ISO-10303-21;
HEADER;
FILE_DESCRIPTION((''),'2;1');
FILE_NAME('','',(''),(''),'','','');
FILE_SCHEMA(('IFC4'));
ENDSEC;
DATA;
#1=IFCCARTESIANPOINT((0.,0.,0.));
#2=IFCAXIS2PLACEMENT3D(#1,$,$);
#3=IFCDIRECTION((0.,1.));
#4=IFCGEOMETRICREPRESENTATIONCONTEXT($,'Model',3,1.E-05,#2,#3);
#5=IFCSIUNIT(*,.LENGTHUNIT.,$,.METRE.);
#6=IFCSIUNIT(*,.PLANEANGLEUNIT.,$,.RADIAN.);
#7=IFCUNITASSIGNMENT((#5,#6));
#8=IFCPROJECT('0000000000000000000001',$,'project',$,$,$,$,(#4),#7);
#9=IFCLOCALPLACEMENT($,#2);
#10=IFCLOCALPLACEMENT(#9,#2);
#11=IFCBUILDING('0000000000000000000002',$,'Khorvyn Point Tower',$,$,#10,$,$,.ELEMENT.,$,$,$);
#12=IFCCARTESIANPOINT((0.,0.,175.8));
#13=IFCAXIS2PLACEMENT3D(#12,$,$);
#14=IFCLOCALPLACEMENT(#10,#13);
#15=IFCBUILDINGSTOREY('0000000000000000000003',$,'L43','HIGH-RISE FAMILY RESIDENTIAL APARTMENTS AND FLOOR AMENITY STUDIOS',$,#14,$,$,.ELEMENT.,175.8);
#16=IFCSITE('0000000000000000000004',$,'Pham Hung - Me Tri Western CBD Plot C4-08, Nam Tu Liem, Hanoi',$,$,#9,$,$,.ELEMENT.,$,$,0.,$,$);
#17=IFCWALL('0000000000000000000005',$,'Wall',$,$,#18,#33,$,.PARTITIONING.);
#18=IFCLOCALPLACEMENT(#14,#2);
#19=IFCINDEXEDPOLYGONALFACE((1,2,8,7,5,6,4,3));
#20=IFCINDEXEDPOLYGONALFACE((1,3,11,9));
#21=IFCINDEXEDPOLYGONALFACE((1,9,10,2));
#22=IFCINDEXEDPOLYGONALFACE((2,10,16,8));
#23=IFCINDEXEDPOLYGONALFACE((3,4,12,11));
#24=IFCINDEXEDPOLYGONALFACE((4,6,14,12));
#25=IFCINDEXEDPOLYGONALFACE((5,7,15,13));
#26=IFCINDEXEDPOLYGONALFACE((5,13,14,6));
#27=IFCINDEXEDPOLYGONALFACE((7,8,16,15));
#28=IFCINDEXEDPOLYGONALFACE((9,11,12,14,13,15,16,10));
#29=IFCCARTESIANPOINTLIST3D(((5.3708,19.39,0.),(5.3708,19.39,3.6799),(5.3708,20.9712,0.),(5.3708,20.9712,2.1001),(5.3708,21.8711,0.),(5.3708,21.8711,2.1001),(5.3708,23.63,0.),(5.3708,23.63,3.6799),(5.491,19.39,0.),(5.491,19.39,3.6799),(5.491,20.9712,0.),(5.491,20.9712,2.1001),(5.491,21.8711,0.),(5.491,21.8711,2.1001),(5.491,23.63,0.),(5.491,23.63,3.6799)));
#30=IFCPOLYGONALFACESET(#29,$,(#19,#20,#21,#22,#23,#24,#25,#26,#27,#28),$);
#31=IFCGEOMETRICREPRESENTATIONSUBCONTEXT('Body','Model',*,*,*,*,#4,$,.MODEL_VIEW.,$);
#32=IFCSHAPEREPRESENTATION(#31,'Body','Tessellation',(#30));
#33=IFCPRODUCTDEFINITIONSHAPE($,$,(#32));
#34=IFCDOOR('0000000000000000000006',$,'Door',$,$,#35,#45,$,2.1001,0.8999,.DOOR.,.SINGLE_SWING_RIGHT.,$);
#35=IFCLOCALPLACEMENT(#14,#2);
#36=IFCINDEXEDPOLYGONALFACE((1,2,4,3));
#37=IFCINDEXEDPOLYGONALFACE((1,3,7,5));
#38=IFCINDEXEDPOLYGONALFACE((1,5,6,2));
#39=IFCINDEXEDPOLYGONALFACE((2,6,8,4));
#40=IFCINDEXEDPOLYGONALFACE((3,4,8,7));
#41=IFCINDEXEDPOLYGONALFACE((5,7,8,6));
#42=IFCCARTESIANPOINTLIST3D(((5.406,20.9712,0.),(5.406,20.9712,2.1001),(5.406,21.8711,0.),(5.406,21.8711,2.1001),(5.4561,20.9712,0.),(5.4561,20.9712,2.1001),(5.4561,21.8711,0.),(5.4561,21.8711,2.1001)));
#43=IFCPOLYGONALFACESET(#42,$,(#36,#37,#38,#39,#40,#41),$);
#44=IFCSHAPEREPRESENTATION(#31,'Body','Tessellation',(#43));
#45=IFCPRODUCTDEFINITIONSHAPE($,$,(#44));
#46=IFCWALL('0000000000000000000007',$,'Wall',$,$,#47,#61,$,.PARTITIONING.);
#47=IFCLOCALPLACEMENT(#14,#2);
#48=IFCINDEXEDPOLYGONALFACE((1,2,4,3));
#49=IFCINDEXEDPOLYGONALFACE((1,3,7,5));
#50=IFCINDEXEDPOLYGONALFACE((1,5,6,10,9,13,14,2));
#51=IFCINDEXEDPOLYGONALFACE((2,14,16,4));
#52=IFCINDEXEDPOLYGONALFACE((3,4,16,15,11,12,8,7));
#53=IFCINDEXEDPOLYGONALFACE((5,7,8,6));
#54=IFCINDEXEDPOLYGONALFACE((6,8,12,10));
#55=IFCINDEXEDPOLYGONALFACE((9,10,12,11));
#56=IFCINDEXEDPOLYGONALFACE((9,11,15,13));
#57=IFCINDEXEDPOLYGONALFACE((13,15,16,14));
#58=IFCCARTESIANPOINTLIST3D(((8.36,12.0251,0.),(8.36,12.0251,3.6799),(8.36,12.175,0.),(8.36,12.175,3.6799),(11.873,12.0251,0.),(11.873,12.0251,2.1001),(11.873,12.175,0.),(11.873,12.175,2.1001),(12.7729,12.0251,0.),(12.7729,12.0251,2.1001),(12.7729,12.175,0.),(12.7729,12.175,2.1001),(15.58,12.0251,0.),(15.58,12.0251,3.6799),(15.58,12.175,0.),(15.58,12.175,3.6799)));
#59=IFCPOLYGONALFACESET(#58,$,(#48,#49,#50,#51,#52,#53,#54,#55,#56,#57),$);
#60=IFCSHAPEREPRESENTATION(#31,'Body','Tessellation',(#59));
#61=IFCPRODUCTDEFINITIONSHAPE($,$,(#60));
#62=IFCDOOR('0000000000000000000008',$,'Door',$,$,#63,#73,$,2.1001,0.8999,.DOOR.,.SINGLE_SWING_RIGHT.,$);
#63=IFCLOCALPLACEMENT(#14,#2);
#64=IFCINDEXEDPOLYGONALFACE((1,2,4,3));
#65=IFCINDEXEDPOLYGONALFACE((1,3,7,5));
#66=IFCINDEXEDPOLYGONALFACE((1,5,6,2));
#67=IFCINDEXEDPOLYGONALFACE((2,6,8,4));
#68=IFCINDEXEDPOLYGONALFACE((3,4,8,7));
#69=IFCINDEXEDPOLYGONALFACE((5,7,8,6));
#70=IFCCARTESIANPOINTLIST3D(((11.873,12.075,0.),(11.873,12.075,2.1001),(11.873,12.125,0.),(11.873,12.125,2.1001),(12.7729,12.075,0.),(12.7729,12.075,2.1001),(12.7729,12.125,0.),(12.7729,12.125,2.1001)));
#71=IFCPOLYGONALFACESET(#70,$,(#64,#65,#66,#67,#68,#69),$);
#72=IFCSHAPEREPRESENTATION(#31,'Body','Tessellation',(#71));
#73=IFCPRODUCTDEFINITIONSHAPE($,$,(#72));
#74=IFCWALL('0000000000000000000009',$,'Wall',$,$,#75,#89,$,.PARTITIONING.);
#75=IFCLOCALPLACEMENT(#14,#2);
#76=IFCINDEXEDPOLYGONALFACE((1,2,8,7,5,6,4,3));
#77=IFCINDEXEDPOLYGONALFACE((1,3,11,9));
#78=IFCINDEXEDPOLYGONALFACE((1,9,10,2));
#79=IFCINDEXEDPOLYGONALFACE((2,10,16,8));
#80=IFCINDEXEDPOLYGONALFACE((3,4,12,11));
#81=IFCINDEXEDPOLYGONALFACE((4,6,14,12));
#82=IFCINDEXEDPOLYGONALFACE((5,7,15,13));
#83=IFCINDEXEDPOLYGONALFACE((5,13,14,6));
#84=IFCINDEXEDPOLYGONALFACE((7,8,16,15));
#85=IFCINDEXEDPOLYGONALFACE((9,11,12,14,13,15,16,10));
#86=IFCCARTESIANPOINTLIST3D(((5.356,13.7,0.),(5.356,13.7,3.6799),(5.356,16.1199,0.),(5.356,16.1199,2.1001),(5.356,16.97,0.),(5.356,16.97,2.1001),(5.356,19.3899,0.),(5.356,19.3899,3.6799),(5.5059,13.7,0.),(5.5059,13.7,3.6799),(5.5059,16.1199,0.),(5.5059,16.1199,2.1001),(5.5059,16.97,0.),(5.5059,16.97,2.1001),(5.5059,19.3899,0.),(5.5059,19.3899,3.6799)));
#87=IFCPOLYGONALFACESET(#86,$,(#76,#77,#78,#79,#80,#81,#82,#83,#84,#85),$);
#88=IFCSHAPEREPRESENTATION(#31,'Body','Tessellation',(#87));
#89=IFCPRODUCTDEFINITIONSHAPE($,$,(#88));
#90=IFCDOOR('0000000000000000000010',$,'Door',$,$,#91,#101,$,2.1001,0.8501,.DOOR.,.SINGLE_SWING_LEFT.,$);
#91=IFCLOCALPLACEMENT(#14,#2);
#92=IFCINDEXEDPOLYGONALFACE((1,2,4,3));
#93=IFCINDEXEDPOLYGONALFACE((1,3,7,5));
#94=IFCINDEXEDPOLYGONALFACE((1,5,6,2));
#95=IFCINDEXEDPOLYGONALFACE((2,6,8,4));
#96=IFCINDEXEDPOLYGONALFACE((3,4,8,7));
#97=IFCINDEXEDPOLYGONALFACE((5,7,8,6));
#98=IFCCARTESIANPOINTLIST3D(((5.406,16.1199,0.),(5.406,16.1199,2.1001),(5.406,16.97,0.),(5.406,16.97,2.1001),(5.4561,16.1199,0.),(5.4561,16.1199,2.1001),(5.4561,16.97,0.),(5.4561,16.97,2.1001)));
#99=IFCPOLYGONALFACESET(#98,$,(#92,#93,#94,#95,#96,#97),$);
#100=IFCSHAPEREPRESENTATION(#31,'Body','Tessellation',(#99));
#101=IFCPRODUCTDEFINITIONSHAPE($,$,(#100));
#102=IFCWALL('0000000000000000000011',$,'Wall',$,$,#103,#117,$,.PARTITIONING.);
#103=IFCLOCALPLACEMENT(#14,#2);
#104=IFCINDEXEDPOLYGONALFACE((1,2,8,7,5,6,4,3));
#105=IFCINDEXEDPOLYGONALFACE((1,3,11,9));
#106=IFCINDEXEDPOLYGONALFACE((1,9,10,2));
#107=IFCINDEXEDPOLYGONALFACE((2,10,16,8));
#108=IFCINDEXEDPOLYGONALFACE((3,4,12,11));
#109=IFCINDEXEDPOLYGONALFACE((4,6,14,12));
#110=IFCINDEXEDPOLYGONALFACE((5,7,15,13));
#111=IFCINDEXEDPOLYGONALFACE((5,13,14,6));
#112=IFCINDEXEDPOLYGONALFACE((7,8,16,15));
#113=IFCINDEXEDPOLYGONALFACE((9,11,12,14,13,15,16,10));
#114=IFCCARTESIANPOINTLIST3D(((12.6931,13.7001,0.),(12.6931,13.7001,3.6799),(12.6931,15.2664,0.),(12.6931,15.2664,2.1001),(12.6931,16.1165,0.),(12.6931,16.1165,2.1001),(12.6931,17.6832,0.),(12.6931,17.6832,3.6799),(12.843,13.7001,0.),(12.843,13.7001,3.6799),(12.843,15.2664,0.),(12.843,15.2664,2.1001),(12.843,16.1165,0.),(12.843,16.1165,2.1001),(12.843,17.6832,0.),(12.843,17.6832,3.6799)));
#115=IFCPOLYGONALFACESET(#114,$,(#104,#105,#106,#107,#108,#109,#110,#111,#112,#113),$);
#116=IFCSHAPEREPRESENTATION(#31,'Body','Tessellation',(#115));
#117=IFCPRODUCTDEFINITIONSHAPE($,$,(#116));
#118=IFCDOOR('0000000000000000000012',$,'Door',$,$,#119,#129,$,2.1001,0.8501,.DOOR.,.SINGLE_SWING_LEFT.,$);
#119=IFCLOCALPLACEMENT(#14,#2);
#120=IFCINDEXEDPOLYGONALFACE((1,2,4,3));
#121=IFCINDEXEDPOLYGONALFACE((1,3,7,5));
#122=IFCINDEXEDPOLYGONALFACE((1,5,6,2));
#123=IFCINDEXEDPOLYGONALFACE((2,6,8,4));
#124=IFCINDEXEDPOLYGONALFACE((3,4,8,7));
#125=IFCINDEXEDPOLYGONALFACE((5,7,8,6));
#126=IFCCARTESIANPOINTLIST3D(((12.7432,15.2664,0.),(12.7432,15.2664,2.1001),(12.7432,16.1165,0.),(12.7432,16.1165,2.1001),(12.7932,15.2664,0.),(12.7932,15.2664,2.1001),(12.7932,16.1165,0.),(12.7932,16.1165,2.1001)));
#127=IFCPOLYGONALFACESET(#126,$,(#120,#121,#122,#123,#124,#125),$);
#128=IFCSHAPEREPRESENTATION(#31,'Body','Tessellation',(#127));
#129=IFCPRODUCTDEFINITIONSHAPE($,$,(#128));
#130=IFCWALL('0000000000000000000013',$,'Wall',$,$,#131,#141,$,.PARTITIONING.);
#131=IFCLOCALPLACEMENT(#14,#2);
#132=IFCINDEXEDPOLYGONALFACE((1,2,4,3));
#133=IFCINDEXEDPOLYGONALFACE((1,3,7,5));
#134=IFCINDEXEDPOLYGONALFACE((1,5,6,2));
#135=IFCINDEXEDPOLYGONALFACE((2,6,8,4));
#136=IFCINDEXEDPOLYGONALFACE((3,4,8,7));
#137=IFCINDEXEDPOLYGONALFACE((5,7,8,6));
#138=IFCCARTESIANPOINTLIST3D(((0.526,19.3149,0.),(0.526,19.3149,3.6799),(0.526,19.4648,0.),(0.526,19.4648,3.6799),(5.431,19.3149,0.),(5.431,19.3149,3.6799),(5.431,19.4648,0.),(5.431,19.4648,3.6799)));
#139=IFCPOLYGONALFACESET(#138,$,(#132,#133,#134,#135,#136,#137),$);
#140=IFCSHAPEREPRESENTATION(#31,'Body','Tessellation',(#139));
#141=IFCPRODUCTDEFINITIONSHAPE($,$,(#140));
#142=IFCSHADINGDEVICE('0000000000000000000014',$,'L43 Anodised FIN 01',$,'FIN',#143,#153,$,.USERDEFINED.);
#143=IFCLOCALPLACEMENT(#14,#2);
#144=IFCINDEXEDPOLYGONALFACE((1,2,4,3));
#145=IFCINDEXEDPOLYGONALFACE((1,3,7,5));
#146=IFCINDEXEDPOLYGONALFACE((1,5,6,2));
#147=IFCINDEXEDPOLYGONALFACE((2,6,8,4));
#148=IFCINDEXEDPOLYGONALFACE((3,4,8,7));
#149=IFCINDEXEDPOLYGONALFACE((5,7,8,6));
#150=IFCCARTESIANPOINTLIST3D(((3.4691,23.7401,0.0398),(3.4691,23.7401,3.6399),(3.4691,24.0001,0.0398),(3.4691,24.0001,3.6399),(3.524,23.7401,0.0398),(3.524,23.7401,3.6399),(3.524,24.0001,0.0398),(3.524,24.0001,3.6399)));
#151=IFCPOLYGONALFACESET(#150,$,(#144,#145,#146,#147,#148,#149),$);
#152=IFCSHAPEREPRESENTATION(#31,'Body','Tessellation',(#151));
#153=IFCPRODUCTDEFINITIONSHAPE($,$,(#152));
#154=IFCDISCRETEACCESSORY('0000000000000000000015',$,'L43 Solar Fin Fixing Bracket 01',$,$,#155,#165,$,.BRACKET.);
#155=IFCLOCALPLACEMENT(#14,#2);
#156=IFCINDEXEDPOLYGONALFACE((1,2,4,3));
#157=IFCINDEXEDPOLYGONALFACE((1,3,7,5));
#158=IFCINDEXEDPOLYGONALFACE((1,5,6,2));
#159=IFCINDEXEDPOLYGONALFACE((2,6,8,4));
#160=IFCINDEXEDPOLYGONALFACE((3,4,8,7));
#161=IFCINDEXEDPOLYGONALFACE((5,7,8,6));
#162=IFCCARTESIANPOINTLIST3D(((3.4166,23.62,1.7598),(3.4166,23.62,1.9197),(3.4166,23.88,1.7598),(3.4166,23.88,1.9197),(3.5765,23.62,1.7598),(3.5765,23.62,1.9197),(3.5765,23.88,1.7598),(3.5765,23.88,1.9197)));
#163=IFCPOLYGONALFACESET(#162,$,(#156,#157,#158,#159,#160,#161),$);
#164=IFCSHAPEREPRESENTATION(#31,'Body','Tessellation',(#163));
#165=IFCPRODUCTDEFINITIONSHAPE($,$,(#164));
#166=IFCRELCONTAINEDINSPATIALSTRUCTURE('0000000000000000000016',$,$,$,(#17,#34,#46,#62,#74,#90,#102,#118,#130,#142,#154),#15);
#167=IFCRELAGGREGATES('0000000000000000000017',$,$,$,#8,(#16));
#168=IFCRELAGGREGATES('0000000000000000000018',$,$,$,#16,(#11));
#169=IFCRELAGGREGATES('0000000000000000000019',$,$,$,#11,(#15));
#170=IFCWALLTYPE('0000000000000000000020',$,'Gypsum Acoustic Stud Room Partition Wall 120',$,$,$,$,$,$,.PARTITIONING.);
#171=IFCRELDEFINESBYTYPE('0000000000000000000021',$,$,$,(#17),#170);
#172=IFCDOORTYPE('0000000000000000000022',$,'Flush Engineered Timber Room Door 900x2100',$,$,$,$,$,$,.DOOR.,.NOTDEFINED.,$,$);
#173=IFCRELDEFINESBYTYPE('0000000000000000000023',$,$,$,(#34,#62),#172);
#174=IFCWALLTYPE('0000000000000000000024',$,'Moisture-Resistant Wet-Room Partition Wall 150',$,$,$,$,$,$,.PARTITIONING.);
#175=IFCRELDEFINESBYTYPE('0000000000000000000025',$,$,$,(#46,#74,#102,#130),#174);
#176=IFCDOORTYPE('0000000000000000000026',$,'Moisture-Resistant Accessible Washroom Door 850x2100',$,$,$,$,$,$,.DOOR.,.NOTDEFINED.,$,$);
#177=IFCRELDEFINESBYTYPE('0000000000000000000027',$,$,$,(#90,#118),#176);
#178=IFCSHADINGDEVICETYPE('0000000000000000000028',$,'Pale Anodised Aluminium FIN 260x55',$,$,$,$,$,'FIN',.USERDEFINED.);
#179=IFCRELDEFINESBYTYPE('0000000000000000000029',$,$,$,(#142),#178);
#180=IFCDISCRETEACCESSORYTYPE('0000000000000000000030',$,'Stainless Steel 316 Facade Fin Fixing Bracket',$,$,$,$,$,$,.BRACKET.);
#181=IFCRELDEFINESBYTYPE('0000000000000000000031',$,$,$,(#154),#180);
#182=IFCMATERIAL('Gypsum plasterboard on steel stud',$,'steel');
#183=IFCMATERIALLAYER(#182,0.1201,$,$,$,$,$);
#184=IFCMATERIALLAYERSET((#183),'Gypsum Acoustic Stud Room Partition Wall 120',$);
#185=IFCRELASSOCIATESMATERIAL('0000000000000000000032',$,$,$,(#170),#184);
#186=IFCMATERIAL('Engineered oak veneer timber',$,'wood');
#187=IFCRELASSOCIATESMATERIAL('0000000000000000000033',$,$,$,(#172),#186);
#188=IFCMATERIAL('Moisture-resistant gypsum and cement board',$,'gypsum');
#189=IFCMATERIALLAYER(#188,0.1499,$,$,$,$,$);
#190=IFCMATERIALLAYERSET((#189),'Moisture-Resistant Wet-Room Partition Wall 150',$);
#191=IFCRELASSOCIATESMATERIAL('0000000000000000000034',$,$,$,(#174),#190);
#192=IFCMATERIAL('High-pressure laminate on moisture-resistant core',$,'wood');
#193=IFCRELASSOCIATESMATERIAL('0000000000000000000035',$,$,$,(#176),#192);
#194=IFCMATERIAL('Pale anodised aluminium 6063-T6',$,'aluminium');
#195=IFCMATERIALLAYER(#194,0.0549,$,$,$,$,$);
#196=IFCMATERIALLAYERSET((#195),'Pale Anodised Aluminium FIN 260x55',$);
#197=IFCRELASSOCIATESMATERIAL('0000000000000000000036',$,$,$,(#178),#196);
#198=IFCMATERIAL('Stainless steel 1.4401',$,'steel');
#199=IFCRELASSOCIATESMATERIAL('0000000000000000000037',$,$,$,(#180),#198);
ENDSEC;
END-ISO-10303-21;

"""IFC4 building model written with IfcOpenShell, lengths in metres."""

from ifc_helpers import new_model, si_unit, direction, frame, frame_2d, origin, origin_2d, place, context, subcontext, project, spatial, rectangle, extrude, material, layer, layer_set, type_object, element, fill, save


model = new_model("IFC4")

# Units and contexts
model_context = context("Model", 3, precision=1e-05, world=origin(), true_north=direction((0.0, 1.0)))
body_context = subcontext(model_context, "Body", "Model", "MODEL_VIEW")
ifc_project = project(units=[si_unit("LENGTHUNIT", "METRE"), si_unit("PLANEANGLEUNIT", "RADIAN")], contexts=[model_context])

# Site, building, storey
site_placement = place(None, origin())
site = spatial("IfcSite", under=ifc_project, at=site_placement, Name="Pham Hung - Me Tri Western CBD Plot C4-08, Nam Tu Liem, Hanoi", CompositionType="ELEMENT", RefElevation=0.0)
building_placement = place(site_placement, origin())
building = spatial("IfcBuilding", under=site, at=building_placement, Name="Khorvyn Point Tower", CompositionType="ELEMENT")
storey_placement = place(building_placement, frame((0.0, 0.0, 175.8)))
storey = spatial("IfcBuildingStorey", under=building, at=storey_placement, Name="L43", Description="HIGH-RISE FAMILY RESIDENTIAL APARTMENTS AND FLOOR AMENITY STUDIOS", CompositionType="ELEMENT", Elevation=175.8)

# Walls, openings, doors
ifc_material_1 = material(Name="Gypsum plasterboard on steel stud", Category="steel")
ifc_layer_1 = layer(ifc_material_1, 0.1201)
ifc_layer_set_1 = layer_set([ifc_layer_1], Name="Gypsum Acoustic Stud Room Partition Wall 120")
wall_type_1 = type_object("IfcWallType", Name="Gypsum Acoustic Stud Room Partition Wall 120", PredefinedType="PARTITIONING", material=ifc_layer_set_1)
wall_1_placement = place(storey_placement, frame((5.4309, 19.3899, 0.0), z_axis=(0.0, 0.0, 1.0), x_axis=(0.0, 1.0, 0.0)))
wall_1 = element("IfcWall", 1, at=wall_1_placement, inside=storey, type_object=wall_type_1, Name="Wall", PredefinedType="PARTITIONING", context=body_context, shape_type="SweptSolid", body=[
    extrude(rectangle(XDim=4.24, YDim=0.1201, at=frame_2d((2.1201, 0.0))), origin(), (0.0, 0.0, 1.0), 3.6799),
])
opening_1_placement = place(wall_1_placement, frame((1.5813, 0.0, 0.0)))
opening_1 = element("IfcOpeningElement", 2, at=opening_1_placement, cuts=wall_1, PredefinedType="OPENING", context=body_context, shape_type="SweptSolid", body=[
    extrude(rectangle(XDim=0.8999, YDim=2.1001, at=frame_2d((0.45, 1.05))), frame((0.0, 0.0701, 0.0), z_axis=(0.0, -1.0, 0.0), x_axis=(1.0, 0.0, 0.0)), (0.0, 0.0, 1.0), 0.1401),
])
ifc_material_2 = material(Name="Engineered oak veneer timber", Category="wood")
door_type_1 = type_object("IfcDoorType", Name="Flush Engineered Timber Room Door 900x2100", OperationType="NOTDEFINED", PredefinedType="DOOR", material=ifc_material_2)
door_1_placement = place(opening_1_placement, origin())
door_1 = element("IfcDoor", 3, at=door_1_placement, inside=storey, type_object=door_type_1, Name="Door", OperationType="SINGLE_SWING_RIGHT", OverallHeight=2.1001, OverallWidth=0.8999, PredefinedType="DOOR", context=body_context, shape_type="SweptSolid", body=[
    extrude(rectangle(XDim=0.8999, YDim=2.1001, at=frame_2d((0.45, 1.05))), frame((0.0, 0.0249, 0.0), z_axis=(0.0, -1.0, 0.0), x_axis=(1.0, 0.0, 0.0)), (0.0, 0.0, 1.0), 0.05),
])
fill(opening_1, door_1)
ifc_material_3 = material(Name="Moisture-resistant gypsum and cement board", Category="gypsum")
ifc_layer_2 = layer(ifc_material_3, 0.1499)
ifc_layer_set_2 = layer_set([ifc_layer_2], Name="Moisture-Resistant Wet-Room Partition Wall 150")
wall_type_2 = type_object("IfcWallType", Name="Moisture-Resistant Wet-Room Partition Wall 150", PredefinedType="PARTITIONING", material=ifc_layer_set_2)
wall_2_placement = place(storey_placement, frame((8.3601, 12.1001, 0.0), z_axis=(0.0, 0.0, 1.0), x_axis=(1.0, 0.0, 0.0)))
wall_2 = element("IfcWall", 4, at=wall_2_placement, inside=storey, type_object=wall_type_2, Name="Wall", PredefinedType="PARTITIONING", context=body_context, shape_type="SweptSolid", body=[
    extrude(rectangle(XDim=7.22, YDim=0.1499, at=frame_2d((3.6099, 0.0))), origin(), (0.0, 0.0, 1.0), 3.6799),
])
opening_2_placement = place(wall_2_placement, frame((3.5129, 0.0, 0.0)))
opening_2 = element("IfcOpeningElement", 5, at=opening_2_placement, cuts=wall_2, PredefinedType="OPENING", context=body_context, shape_type="SweptSolid", body=[
    extrude(rectangle(XDim=0.8999, YDim=2.1001, at=frame_2d((0.45, 1.05))), frame((0.0, 0.085, 0.0), z_axis=(0.0, -1.0, 0.0), x_axis=(1.0, 0.0, 0.0)), (0.0, 0.0, 1.0), 0.1699),
])
door_2_placement = place(opening_2_placement, origin())
door_2 = element("IfcDoor", 6, at=door_2_placement, inside=storey, type_object=door_type_1, Name="Door", OperationType="SINGLE_SWING_RIGHT", OverallHeight=2.1001, OverallWidth=0.8999, PredefinedType="DOOR", context=body_context, shape_type="SweptSolid", body=[
    extrude(rectangle(XDim=0.8999, YDim=2.1001, at=frame_2d((0.45, 1.05))), frame((0.0, 0.0249, 0.0), z_axis=(0.0, -1.0, 0.0), x_axis=(1.0, 0.0, 0.0)), (0.0, 0.0, 1.0), 0.05),
])
fill(opening_2, door_2)
wall_3_placement = place(storey_placement, frame((5.4309, 13.7, 0.0), z_axis=(0.0, 0.0, 1.0), x_axis=(0.0, 1.0, 0.0)))
wall_3 = element("IfcWall", 7, at=wall_3_placement, inside=storey, type_object=wall_type_2, Name="Wall", PredefinedType="PARTITIONING", context=body_context, shape_type="SweptSolid", body=[
    extrude(rectangle(XDim=5.6899, YDim=0.1499, at=frame_2d((2.845, 0.0))), origin(), (0.0, 0.0, 1.0), 3.6799),
])
opening_3_placement = place(wall_3_placement, frame((2.4199, 0.0, 0.0)))
opening_3 = element("IfcOpeningElement", 8, at=opening_3_placement, cuts=wall_3, PredefinedType="OPENING", context=body_context, shape_type="SweptSolid", body=[
    extrude(rectangle(XDim=0.8501, YDim=2.1001, at=frame_2d((0.425, 1.05))), frame((0.0, 0.085, 0.0), z_axis=(0.0, -1.0, 0.0), x_axis=(1.0, 0.0, 0.0)), (0.0, 0.0, 1.0), 0.1699),
])
ifc_material_4 = material(Name="High-pressure laminate on moisture-resistant core", Category="wood")
door_type_2 = type_object("IfcDoorType", Name="Moisture-Resistant Accessible Washroom Door 850x2100", OperationType="NOTDEFINED", PredefinedType="DOOR", material=ifc_material_4)
door_3_placement = place(opening_3_placement, origin())
door_3 = element("IfcDoor", 9, at=door_3_placement, inside=storey, type_object=door_type_2, Name="Door", OperationType="SINGLE_SWING_LEFT", OverallHeight=2.1001, OverallWidth=0.8501, PredefinedType="DOOR", context=body_context, shape_type="SweptSolid", body=[
    extrude(rectangle(XDim=0.8501, YDim=2.1001, at=frame_2d((0.425, 1.05))), frame((0.0, 0.0249, 0.0), z_axis=(0.0, -1.0, 0.0), x_axis=(1.0, 0.0, 0.0)), (0.0, 0.0, 1.0), 0.05),
])
fill(opening_3, door_3)
wall_4_placement = place(storey_placement, frame((12.7681, 13.7, 0.0), z_axis=(0.0, 0.0, 1.0), x_axis=(0.0, 1.0, 0.0)))
wall_4 = element("IfcWall", 10, at=wall_4_placement, inside=storey, type_object=wall_type_2, Name="Wall", PredefinedType="PARTITIONING", context=body_context, shape_type="SweptSolid", body=[
    extrude(rectangle(XDim=3.9832, YDim=0.1499, at=frame_2d((1.9917, 0.0))), origin(), (0.0, 0.0, 1.0), 3.6799),
])
opening_4_placement = place(wall_4_placement, frame((1.5664, 0.0, 0.0)))
opening_4 = element("IfcOpeningElement", 11, at=opening_4_placement, cuts=wall_4, PredefinedType="OPENING", context=body_context, shape_type="SweptSolid", body=[
    extrude(rectangle(XDim=0.8501, YDim=2.1001, at=frame_2d((0.425, 1.05))), frame((0.0, 0.085, 0.0), z_axis=(0.0, -1.0, 0.0), x_axis=(1.0, 0.0, 0.0)), (0.0, 0.0, 1.0), 0.1699),
])
door_4_placement = place(opening_4_placement, origin())
door_4 = element("IfcDoor", 12, at=door_4_placement, inside=storey, type_object=door_type_2, Name="Door", OperationType="SINGLE_SWING_LEFT", OverallHeight=2.1001, OverallWidth=0.8501, PredefinedType="DOOR", context=body_context, shape_type="SweptSolid", body=[
    extrude(rectangle(XDim=0.8501, YDim=2.1001, at=frame_2d((0.425, 1.05))), frame((0.0, 0.0249, 0.0), z_axis=(0.0, -1.0, 0.0), x_axis=(1.0, 0.0, 0.0)), (0.0, 0.0, 1.0), 0.05),
])
fill(opening_4, door_4)

# Wall
wall_5_placement = place(storey_placement, frame((0.5259, 19.3899, 0.0), z_axis=(0.0, 0.0, 1.0), x_axis=(1.0, 0.0, 0.0)))
element("IfcWall", 13, at=wall_5_placement, inside=storey, type_object=wall_type_2, Name="Wall", PredefinedType="PARTITIONING", context=body_context, shape_type="SweptSolid", body=[
    extrude(rectangle(XDim=4.905, YDim=0.1499, at=frame_2d((2.4526, 0.0))), origin(), (0.0, 0.0, 1.0), 3.6799),
])

# Shading device
ifc_material_5 = material(Name="Pale anodised aluminium 6063-T6", Category="aluminium")
ifc_layer_3 = layer(ifc_material_5, 0.0549)
ifc_layer_set_3 = layer_set([ifc_layer_3], Name="Pale Anodised Aluminium FIN 260x55")
shading_device_type = type_object("IfcShadingDeviceType", Name="Pale Anodised Aluminium FIN 260x55", ElementType="FIN", PredefinedType="USERDEFINED", material=ifc_layer_set_3)
shading_device_placement = place(storey_placement, frame((3.4966, 23.8701, 0.0398), z_axis=(0.0, 0.0, 1.0), x_axis=(0.0, 1.0, 0.0)))
element("IfcShadingDevice", 14, at=shading_device_placement, inside=storey, type_object=shading_device_type, Name="L43 Anodised FIN 01", ObjectType="FIN", PredefinedType="USERDEFINED", context=body_context, shape_type="SweptSolid", body=[
    extrude(rectangle(XDim=0.26, YDim=0.0549, at=origin_2d()), origin(), (0.0, 0.0, 1.0), 3.6001),
])

# Discrete accessory
ifc_material_6 = material(Name="Stainless steel 1.4401", Category="steel")
discrete_accessory_type = type_object("IfcDiscreteAccessoryType", Name="Stainless Steel 316 Facade Fin Fixing Bracket", PredefinedType="BRACKET", material=ifc_material_6)
discrete_accessory_placement = place(storey_placement, frame((3.4966, 23.75, 1.7598), z_axis=(0.0, 0.0, 1.0), x_axis=(1.0, 0.0, 0.0)))
element("IfcDiscreteAccessory", 15, at=discrete_accessory_placement, inside=storey, type_object=discrete_accessory_type, Name="L43 Solar Fin Fixing Bracket 01", PredefinedType="BRACKET", context=body_context, shape_type="SweptSolid", body=[
    extrude(rectangle(XDim=0.1599, YDim=0.26, at=origin_2d()), origin(), (0.0, 0.0, 1.0), 0.1599),
])

save(model, "model.ifc")
